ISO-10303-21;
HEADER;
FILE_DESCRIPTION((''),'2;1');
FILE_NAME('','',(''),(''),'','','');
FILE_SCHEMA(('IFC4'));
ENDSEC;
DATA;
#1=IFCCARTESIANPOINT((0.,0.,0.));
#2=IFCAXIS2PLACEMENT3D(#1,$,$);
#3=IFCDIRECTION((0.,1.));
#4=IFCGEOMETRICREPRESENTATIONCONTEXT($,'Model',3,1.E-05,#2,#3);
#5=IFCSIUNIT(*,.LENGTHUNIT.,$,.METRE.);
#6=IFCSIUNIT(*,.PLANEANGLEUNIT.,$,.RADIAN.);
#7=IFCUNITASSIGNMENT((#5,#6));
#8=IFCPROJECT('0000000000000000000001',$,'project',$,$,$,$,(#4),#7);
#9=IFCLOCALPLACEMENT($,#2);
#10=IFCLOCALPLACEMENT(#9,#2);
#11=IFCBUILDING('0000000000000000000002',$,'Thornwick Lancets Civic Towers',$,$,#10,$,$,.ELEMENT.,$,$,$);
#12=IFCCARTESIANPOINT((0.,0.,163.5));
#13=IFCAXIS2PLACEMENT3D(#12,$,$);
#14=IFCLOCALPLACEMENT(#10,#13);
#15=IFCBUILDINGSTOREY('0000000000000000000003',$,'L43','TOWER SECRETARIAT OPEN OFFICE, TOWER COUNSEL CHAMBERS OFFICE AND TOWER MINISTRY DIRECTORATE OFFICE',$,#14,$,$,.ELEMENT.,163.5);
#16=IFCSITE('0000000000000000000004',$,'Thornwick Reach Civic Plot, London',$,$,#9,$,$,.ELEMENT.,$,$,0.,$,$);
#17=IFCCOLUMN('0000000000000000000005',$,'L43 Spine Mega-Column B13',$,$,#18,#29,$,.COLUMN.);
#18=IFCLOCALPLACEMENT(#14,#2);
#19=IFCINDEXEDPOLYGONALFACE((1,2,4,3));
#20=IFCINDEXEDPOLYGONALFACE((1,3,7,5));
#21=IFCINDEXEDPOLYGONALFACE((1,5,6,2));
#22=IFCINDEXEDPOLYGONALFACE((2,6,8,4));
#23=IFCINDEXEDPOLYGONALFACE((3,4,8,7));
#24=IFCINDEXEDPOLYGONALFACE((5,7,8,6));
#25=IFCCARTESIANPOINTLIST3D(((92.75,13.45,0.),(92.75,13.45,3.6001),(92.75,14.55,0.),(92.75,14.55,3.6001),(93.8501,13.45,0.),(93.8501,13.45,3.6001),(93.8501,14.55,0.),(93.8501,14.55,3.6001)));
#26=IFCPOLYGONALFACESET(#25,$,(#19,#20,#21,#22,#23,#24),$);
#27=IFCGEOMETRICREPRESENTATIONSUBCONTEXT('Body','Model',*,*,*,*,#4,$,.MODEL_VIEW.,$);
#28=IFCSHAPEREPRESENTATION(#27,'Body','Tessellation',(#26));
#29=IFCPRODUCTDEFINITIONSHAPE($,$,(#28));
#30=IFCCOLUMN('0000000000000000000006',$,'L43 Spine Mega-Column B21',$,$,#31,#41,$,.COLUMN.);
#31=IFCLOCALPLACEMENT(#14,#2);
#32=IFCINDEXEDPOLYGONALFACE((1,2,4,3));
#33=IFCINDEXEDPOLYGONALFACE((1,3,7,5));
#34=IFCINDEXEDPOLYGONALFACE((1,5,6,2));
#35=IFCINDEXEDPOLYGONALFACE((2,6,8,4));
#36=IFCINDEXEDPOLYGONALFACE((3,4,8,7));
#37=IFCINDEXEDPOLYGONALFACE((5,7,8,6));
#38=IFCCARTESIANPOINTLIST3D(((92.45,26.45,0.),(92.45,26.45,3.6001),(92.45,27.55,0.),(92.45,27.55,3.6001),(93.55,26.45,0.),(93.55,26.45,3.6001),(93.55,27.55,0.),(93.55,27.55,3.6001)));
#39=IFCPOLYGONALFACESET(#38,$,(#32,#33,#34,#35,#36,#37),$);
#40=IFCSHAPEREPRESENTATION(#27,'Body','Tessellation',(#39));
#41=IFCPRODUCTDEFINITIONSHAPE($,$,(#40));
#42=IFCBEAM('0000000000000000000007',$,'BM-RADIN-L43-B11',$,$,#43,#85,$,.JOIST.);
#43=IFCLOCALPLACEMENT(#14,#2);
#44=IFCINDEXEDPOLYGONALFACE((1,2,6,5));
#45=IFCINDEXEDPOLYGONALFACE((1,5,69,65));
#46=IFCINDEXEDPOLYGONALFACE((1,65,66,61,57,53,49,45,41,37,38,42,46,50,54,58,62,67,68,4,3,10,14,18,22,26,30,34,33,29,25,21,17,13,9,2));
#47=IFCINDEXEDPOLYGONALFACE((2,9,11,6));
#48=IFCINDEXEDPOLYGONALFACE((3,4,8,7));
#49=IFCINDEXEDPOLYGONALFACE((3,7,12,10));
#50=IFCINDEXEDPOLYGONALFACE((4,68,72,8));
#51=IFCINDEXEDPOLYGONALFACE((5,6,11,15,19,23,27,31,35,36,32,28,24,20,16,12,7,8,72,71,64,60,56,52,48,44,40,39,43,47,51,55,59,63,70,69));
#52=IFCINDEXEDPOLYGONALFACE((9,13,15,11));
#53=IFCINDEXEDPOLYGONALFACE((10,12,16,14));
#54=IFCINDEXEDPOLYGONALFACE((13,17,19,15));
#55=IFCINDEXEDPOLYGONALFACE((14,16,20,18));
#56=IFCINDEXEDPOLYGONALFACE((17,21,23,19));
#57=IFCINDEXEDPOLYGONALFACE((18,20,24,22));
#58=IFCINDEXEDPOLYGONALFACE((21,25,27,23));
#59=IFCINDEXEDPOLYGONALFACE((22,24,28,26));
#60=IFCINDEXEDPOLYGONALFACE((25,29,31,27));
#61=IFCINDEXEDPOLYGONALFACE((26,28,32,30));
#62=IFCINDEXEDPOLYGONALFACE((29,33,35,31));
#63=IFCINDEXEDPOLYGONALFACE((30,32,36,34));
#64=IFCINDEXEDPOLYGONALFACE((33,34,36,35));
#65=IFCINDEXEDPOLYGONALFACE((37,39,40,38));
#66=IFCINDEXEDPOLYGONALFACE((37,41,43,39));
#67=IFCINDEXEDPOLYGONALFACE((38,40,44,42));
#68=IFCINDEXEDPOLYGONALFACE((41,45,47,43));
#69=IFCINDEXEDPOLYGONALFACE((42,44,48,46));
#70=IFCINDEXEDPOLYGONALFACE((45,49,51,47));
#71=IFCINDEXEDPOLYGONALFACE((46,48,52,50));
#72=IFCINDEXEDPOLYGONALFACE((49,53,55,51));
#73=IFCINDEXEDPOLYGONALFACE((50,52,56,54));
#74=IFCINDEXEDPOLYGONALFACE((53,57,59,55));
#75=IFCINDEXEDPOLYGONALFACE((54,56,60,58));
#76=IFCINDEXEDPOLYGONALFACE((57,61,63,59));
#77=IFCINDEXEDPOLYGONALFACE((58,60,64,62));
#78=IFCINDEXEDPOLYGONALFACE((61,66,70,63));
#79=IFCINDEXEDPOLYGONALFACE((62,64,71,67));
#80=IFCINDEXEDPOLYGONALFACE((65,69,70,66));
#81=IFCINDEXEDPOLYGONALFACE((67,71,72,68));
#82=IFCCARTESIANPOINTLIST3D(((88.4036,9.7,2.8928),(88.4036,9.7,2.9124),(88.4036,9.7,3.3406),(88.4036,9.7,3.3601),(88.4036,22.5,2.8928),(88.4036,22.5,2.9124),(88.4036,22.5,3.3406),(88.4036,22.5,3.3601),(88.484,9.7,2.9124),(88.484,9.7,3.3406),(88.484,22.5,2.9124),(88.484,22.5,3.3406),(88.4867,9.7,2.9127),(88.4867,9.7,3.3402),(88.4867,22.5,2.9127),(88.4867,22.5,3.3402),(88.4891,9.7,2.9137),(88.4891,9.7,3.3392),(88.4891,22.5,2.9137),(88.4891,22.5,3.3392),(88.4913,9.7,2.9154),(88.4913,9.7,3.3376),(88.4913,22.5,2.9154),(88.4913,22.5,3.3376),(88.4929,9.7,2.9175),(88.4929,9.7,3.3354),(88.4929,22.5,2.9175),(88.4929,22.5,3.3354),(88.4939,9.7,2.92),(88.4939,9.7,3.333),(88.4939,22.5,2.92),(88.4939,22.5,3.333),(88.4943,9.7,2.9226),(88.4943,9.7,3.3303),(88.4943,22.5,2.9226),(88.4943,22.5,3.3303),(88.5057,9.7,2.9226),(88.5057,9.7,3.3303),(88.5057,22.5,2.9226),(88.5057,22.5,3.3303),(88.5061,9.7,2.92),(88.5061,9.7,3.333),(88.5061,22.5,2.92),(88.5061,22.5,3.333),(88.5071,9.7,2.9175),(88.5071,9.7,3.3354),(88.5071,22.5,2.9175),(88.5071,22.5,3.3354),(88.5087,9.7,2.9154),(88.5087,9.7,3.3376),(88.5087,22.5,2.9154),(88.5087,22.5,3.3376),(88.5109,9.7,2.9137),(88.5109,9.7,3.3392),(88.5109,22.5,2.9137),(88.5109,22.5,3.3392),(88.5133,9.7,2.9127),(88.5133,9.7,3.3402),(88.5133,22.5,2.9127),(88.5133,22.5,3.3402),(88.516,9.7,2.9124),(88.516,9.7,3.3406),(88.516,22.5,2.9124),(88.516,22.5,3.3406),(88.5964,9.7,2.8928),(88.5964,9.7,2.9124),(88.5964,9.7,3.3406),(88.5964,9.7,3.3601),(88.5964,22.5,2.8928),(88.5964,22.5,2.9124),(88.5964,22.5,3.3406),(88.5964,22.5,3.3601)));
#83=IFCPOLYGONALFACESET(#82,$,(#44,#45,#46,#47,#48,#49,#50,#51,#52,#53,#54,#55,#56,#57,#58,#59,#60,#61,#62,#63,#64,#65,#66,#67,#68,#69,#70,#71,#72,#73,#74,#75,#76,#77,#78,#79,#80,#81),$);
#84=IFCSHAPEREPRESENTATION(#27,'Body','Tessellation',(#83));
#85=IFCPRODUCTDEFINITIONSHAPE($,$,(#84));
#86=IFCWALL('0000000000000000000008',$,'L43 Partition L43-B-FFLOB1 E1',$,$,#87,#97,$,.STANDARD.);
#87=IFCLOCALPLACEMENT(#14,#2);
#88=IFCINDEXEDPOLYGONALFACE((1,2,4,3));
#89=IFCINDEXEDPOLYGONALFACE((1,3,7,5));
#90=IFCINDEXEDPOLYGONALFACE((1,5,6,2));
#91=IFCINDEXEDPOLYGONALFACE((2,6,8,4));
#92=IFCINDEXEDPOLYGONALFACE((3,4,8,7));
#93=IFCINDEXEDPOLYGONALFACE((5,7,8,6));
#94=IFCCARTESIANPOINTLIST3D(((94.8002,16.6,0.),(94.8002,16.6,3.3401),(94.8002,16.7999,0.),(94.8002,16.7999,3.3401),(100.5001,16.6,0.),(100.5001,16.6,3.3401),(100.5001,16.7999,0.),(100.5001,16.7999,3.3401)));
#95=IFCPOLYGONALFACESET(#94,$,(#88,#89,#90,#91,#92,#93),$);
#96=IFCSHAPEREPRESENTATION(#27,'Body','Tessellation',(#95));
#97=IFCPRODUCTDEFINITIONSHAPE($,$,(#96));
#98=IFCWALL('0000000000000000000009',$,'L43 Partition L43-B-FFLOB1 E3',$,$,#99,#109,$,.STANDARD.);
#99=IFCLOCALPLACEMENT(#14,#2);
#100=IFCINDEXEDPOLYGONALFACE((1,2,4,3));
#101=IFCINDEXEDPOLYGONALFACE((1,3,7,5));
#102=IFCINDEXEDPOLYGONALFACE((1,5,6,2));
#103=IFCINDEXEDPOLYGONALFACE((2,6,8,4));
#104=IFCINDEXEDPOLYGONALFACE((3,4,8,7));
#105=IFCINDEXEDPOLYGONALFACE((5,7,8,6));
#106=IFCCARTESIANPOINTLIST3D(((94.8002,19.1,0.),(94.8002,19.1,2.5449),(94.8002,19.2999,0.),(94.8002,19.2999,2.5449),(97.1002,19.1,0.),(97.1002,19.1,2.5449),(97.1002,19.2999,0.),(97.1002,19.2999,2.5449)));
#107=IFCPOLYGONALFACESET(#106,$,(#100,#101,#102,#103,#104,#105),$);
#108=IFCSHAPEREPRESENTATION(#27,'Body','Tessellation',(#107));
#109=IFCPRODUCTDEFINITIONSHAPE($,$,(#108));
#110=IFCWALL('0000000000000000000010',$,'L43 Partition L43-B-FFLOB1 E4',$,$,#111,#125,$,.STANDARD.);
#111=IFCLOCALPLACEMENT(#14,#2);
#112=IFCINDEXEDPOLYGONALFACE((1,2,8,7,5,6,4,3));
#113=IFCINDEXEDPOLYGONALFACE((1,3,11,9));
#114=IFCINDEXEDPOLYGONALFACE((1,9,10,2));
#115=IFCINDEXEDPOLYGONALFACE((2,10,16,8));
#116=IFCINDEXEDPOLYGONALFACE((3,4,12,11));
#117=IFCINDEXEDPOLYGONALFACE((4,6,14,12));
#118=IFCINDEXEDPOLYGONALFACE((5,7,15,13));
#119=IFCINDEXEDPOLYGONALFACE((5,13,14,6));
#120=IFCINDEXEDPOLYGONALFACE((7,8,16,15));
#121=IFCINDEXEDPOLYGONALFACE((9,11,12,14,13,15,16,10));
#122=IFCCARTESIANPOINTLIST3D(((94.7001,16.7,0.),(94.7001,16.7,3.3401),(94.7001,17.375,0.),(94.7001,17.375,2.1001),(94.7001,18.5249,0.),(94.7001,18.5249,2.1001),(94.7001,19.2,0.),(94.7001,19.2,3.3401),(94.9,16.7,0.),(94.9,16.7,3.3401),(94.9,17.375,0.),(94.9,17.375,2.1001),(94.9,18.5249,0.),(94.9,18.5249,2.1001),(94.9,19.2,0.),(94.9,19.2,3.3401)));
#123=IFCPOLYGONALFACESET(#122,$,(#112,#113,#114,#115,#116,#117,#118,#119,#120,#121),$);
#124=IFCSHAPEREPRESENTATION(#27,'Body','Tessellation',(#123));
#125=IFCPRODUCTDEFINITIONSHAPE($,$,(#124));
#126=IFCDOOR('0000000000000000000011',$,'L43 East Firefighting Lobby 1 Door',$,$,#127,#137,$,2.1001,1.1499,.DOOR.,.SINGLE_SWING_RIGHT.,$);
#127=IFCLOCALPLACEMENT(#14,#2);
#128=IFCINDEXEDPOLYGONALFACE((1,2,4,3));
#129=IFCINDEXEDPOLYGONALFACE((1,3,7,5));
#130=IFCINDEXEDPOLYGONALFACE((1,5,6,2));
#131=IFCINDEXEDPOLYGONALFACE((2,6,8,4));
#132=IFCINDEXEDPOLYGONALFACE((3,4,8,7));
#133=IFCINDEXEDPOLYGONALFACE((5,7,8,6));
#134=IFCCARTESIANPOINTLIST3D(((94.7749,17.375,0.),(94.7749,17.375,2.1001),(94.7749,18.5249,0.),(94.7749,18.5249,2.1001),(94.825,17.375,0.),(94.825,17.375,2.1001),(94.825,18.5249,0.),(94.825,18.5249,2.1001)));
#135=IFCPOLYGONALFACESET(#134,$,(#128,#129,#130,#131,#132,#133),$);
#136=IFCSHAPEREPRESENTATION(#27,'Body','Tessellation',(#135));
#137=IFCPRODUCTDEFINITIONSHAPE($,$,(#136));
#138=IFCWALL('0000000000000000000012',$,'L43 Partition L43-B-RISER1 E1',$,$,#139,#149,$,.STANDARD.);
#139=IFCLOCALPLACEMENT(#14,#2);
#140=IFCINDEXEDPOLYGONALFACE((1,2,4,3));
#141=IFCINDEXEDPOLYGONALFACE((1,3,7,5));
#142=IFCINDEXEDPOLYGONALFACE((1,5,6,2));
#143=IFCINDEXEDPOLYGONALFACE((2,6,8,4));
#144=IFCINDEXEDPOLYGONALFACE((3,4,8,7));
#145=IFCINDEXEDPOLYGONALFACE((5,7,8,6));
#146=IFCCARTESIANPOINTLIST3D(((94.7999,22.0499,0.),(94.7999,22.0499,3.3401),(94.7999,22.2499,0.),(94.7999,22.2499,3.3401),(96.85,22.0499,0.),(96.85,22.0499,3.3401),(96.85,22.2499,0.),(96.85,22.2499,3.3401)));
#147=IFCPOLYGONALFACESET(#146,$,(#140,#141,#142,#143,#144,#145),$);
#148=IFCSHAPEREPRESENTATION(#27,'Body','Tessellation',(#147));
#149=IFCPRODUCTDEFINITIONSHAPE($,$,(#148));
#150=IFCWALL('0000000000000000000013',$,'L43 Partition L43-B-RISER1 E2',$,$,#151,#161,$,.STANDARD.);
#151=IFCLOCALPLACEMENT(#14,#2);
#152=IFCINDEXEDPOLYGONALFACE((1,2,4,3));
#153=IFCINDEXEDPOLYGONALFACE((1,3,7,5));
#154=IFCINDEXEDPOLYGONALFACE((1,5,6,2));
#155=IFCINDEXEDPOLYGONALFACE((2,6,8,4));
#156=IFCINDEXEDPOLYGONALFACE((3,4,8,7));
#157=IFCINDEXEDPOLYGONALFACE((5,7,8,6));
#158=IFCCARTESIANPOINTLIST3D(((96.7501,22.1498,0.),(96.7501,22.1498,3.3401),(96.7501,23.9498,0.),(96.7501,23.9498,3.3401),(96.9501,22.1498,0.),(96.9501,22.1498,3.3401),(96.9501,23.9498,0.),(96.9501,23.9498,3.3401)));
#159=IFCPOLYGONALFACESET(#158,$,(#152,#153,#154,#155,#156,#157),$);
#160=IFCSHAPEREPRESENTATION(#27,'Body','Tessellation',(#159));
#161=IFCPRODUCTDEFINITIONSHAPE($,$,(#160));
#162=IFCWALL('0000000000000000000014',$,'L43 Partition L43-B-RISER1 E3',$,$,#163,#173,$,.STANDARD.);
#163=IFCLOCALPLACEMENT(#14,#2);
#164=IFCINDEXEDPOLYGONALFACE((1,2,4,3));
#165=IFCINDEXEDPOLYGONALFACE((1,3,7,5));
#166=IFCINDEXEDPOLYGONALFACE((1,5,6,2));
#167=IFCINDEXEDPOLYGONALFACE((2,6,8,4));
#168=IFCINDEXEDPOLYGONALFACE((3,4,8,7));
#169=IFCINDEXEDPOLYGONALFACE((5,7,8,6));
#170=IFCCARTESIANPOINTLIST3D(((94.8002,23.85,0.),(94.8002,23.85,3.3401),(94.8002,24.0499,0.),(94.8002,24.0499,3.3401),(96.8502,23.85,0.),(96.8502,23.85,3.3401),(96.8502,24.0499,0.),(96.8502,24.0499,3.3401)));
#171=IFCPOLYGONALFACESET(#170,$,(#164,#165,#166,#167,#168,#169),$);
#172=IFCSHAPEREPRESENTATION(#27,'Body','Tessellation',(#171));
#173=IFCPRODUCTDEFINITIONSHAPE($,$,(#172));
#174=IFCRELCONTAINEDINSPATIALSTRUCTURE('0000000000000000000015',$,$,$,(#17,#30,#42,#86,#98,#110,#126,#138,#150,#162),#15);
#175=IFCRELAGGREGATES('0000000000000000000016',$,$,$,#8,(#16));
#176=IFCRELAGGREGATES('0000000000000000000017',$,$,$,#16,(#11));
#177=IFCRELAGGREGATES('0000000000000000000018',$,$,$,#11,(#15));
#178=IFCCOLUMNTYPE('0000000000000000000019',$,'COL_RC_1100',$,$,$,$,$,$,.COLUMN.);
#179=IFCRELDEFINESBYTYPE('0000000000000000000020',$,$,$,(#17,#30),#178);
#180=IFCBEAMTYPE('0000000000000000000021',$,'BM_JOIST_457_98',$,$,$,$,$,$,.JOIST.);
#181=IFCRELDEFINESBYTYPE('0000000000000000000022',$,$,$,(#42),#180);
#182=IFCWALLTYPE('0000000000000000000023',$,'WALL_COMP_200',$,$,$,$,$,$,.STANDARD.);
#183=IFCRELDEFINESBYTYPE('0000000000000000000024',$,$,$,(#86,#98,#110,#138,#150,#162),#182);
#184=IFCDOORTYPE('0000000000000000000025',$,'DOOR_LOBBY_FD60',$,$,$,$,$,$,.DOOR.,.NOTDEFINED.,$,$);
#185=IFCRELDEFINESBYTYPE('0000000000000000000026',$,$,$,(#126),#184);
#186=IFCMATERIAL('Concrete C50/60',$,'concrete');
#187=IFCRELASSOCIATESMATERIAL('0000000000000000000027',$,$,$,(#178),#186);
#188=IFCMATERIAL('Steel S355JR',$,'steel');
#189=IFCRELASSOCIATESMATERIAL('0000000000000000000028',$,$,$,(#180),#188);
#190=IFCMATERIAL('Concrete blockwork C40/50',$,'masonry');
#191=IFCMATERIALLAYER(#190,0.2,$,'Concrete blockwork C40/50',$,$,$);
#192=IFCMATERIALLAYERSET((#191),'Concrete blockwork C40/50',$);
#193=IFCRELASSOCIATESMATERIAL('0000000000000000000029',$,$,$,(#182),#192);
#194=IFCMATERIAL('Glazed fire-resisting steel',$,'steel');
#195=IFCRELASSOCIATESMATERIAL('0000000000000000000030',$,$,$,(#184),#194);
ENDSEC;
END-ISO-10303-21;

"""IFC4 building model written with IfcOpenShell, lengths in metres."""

from ifc_helpers import new_model, si_unit, direction, frame, frame_2d, origin, origin_2d, place, context, subcontext, project, spatial, rectangle, i_section, extrude, material, layer, layer_set, material_profile, profile_set, type_object, element, fill, save


model = new_model("IFC4")

# Units and contexts
model_context = context("Model", 3, precision=1e-05, world=origin(), true_north=direction((0.0, 1.0)))
body_context = subcontext(model_context, "Body", "Model", "MODEL_VIEW")
ifc_project = project(units=[si_unit("LENGTHUNIT", "METRE"), si_unit("PLANEANGLEUNIT", "RADIAN")], contexts=[model_context])

# Site, building, storey
site_placement = place(None, origin())
site = spatial("IfcSite", under=ifc_project, at=site_placement, Name="Thornwick Reach Civic Plot, London", CompositionType="ELEMENT", RefElevation=0.0)
building_placement = place(site_placement, origin())
building = spatial("IfcBuilding", under=site, at=building_placement, Name="Thornwick Lancets Civic Towers", CompositionType="ELEMENT")
storey_placement = place(building_placement, frame((0.0, 0.0, 163.5)))
storey = spatial("IfcBuildingStorey", under=building, at=storey_placement, Name="L43", Description="TOWER SECRETARIAT OPEN OFFICE, TOWER COUNSEL CHAMBERS OFFICE AND TOWER MINISTRY DIRECTORATE OFFICE", CompositionType="ELEMENT", Elevation=163.5)

# Columns
ifc_material_1 = material(Name="Concrete C50/60", Category="concrete")
ifc_material_profile_1 = material_profile(ifc_material_1, rectangle(XDim=1.1001, YDim=1.1001, at=origin_2d()), Name="RC 1100x1100")
ifc_profile_set_1 = profile_set([ifc_material_profile_1], Name="Concrete C50/60")
column_type = type_object("IfcColumnType", Name="COL_RC_1100", PredefinedType="COLUMN", material=ifc_profile_set_1)
for number, where, z_axis, x_axis, name in (
    (1, (93.3, 14.0, 0.0), (0.0, 0.0, 1.0), (1.0, 0.0, 0.0), "L43 Spine Mega-Column B13"),
    (2, (93.0, 27.0, 0.0), (0.0, 0.0, 1.0), (1.0, 0.0, 0.0), "L43 Spine Mega-Column B21"),
):
    element("IfcColumn", number, at=place(storey_placement, frame(where, z_axis=z_axis, x_axis=x_axis)), inside=storey, type_object=column_type, Name=name, PredefinedType="COLUMN", context=body_context, shape_type="SweptSolid", body=[
        extrude(rectangle(XDim=1.1001, YDim=1.1001, at=origin_2d()), origin(), (0.0, 0.0, 1.0), 3.6001),
    ])

# Beam
ifc_material_2 = material(Name="Steel S355JR", Category="steel")
ifc_material_profile_2 = material_profile(ifc_material_2, i_section(OverallWidth=0.1929, OverallDepth=0.4673, WebThickness=0.0115, FlangeThickness=0.0195, FilletRadius=0.0103, at=origin_2d()), Name="UKB 457x191x98")
ifc_profile_set_2 = profile_set([ifc_material_profile_2], Name="Steel S355JR")
beam_type = type_object("IfcBeamType", Name="BM_JOIST_457_98", PredefinedType="JOIST", material=ifc_profile_set_2)
beam_placement = place(storey_placement, frame((88.5, 22.5, 3.1265), z_axis=(0.0, -1.0, 0.0), x_axis=(1.0, 0.0, 0.0)))
element("IfcBeam", 3, at=beam_placement, inside=storey, type_object=beam_type, Name="BM-RADIN-L43-B11", PredefinedType="JOIST", context=body_context, shape_type="SweptSolid", body=[
    extrude(i_section(OverallWidth=0.1929, OverallDepth=0.4673, WebThickness=0.0115, FlangeThickness=0.0195, FilletRadius=0.0103, at=origin_2d()), origin(), (0.0, 0.0, 1.0), 12.8),
])

# Walls
ifc_material_3 = material(Name="Concrete blockwork C40/50", Category="masonry")
ifc_layer_1 = layer(ifc_material_3, 0.2, Name="Concrete blockwork C40/50")
ifc_layer_set_1 = layer_set([ifc_layer_1], Name="Concrete blockwork C40/50")
wall_type_1 = type_object("IfcWallType", Name="WALL_COMP_200", PredefinedType="STANDARD", material=ifc_layer_set_1)
wall_1_placement = place(storey_placement, frame((94.8, 16.7, 0.0), z_axis=(0.0, 0.0, 1.0), x_axis=(1.0, 0.0, 0.0)))
element("IfcWall", 4, at=wall_1_placement, inside=storey, type_object=wall_type_1, Name="L43 Partition L43-B-FFLOB1 E1", PredefinedType="STANDARD", context=body_context, shape_type="SweptSolid", body=[
    extrude(rectangle(XDim=5.7, YDim=0.2, at=frame_2d((2.8501, 0.0))), origin(), (0.0, 0.0, 1.0), 3.3401),
])
wall_2_placement = place(storey_placement, frame((97.1001, 19.2, 0.0), z_axis=(0.0, 0.0, 1.0), x_axis=(-1.0, 0.0, 0.0)))
element("IfcWall", 5, at=wall_2_placement, inside=storey, type_object=wall_type_1, Name="L43 Partition L43-B-FFLOB1 E3", PredefinedType="STANDARD", context=body_context, shape_type="SweptSolid", body=[
    extrude(rectangle(XDim=2.3, YDim=0.2, at=frame_2d((1.1499, 0.0))), origin(), (0.0, 0.0, 1.0), 2.5449),
])

# Wall, opening, door
wall_3_placement = place(storey_placement, frame((94.8, 19.2, 0.0), z_axis=(0.0, 0.0, 1.0), x_axis=(0.0, -1.0, 0.0)))
wall_3 = element("IfcWall", 6, at=wall_3_placement, inside=storey, type_object=wall_type_1, Name="L43 Partition L43-B-FFLOB1 E4", PredefinedType="STANDARD", context=body_context, shape_type="SweptSolid", body=[
    extrude(rectangle(XDim=2.5, YDim=0.2, at=frame_2d((1.25, 0.0))), origin(), (0.0, 0.0, 1.0), 3.3401),
])
opening_1_placement = place(wall_3_placement, frame((0.675, 0.0, 0.0)))
opening_1 = element("IfcOpeningElement", 7, at=opening_1_placement, cuts=wall_3, PredefinedType="OPENING", context=body_context, shape_type="SweptSolid", body=[
    extrude(rectangle(XDim=1.1499, YDim=2.1001, at=frame_2d((0.575, 1.05))), frame((0.0, 0.1099, 0.0), z_axis=(0.0, -1.0, 0.0), x_axis=(1.0, 0.0, 0.0)), (0.0, 0.0, 1.0), 0.22),
])
ifc_material_4 = material(Name="Glazed fire-resisting steel", Category="steel")
door_type_1 = type_object("IfcDoorType", Name="DOOR_LOBBY_FD60", OperationType="NOTDEFINED", PredefinedType="DOOR", material=ifc_material_4)
door_1_placement = place(opening_1_placement, origin())
door_1 = element("IfcDoor", 8, at=door_1_placement, inside=storey, type_object=door_type_1, Name="L43 East Firefighting Lobby 1 Door", OperationType="SINGLE_SWING_RIGHT", OverallHeight=2.1001, OverallWidth=1.1499, PredefinedType="DOOR", context=body_context, shape_type="SweptSolid", body=[
    extrude(rectangle(XDim=1.1499, YDim=2.1001, at=frame_2d((0.575, 1.05))), frame((0.0, 0.0249, 0.0), z_axis=(0.0, -1.0, 0.0), x_axis=(1.0, 0.0, 0.0)), (0.0, 0.0, 1.0), 0.05),
])
fill(opening_1, door_1)

# Walls
wall_4_placement = place(storey_placement, frame((94.8, 22.1499, 0.0), z_axis=(0.0, 0.0, 1.0), x_axis=(1.0, 0.0, 0.0)))
element("IfcWall", 9, at=wall_4_placement, inside=storey, type_object=wall_type_1, Name="L43 Partition L43-B-RISER1 E1", PredefinedType="STANDARD", context=body_context, shape_type="SweptSolid", body=[
    extrude(rectangle(XDim=2.05, YDim=0.2, at=frame_2d((1.0249, 0.0))), origin(), (0.0, 0.0, 1.0), 3.3401),
])
wall_5_placement = place(storey_placement, frame((96.8501, 22.1499, 0.0), z_axis=(0.0, 0.0, 1.0), x_axis=(0.0, 1.0, 0.0)))
element("IfcWall", 10, at=wall_5_placement, inside=storey, type_object=wall_type_1, Name="L43 Partition L43-B-RISER1 E2", PredefinedType="STANDARD", context=body_context, shape_type="SweptSolid", body=[
    extrude(rectangle(XDim=1.8, YDim=0.2, at=frame_2d((0.8999, 0.0))), origin(), (0.0, 0.0, 1.0), 3.3401),
])
wall_6_placement = place(storey_placement, frame((96.8501, 23.95, 0.0), z_axis=(0.0, 0.0, 1.0), x_axis=(-1.0, 0.0, 0.0)))
element("IfcWall", 11, at=wall_6_placement, inside=storey, type_object=wall_type_1, Name="L43 Partition L43-B-RISER1 E3", PredefinedType="STANDARD", context=body_context, shape_type="SweptSolid", body=[
    extrude(rectangle(XDim=2.05, YDim=0.2, at=frame_2d((1.0249, 0.0))), origin(), (0.0, 0.0, 1.0), 3.3401),
])

save(model, "model.ifc")
